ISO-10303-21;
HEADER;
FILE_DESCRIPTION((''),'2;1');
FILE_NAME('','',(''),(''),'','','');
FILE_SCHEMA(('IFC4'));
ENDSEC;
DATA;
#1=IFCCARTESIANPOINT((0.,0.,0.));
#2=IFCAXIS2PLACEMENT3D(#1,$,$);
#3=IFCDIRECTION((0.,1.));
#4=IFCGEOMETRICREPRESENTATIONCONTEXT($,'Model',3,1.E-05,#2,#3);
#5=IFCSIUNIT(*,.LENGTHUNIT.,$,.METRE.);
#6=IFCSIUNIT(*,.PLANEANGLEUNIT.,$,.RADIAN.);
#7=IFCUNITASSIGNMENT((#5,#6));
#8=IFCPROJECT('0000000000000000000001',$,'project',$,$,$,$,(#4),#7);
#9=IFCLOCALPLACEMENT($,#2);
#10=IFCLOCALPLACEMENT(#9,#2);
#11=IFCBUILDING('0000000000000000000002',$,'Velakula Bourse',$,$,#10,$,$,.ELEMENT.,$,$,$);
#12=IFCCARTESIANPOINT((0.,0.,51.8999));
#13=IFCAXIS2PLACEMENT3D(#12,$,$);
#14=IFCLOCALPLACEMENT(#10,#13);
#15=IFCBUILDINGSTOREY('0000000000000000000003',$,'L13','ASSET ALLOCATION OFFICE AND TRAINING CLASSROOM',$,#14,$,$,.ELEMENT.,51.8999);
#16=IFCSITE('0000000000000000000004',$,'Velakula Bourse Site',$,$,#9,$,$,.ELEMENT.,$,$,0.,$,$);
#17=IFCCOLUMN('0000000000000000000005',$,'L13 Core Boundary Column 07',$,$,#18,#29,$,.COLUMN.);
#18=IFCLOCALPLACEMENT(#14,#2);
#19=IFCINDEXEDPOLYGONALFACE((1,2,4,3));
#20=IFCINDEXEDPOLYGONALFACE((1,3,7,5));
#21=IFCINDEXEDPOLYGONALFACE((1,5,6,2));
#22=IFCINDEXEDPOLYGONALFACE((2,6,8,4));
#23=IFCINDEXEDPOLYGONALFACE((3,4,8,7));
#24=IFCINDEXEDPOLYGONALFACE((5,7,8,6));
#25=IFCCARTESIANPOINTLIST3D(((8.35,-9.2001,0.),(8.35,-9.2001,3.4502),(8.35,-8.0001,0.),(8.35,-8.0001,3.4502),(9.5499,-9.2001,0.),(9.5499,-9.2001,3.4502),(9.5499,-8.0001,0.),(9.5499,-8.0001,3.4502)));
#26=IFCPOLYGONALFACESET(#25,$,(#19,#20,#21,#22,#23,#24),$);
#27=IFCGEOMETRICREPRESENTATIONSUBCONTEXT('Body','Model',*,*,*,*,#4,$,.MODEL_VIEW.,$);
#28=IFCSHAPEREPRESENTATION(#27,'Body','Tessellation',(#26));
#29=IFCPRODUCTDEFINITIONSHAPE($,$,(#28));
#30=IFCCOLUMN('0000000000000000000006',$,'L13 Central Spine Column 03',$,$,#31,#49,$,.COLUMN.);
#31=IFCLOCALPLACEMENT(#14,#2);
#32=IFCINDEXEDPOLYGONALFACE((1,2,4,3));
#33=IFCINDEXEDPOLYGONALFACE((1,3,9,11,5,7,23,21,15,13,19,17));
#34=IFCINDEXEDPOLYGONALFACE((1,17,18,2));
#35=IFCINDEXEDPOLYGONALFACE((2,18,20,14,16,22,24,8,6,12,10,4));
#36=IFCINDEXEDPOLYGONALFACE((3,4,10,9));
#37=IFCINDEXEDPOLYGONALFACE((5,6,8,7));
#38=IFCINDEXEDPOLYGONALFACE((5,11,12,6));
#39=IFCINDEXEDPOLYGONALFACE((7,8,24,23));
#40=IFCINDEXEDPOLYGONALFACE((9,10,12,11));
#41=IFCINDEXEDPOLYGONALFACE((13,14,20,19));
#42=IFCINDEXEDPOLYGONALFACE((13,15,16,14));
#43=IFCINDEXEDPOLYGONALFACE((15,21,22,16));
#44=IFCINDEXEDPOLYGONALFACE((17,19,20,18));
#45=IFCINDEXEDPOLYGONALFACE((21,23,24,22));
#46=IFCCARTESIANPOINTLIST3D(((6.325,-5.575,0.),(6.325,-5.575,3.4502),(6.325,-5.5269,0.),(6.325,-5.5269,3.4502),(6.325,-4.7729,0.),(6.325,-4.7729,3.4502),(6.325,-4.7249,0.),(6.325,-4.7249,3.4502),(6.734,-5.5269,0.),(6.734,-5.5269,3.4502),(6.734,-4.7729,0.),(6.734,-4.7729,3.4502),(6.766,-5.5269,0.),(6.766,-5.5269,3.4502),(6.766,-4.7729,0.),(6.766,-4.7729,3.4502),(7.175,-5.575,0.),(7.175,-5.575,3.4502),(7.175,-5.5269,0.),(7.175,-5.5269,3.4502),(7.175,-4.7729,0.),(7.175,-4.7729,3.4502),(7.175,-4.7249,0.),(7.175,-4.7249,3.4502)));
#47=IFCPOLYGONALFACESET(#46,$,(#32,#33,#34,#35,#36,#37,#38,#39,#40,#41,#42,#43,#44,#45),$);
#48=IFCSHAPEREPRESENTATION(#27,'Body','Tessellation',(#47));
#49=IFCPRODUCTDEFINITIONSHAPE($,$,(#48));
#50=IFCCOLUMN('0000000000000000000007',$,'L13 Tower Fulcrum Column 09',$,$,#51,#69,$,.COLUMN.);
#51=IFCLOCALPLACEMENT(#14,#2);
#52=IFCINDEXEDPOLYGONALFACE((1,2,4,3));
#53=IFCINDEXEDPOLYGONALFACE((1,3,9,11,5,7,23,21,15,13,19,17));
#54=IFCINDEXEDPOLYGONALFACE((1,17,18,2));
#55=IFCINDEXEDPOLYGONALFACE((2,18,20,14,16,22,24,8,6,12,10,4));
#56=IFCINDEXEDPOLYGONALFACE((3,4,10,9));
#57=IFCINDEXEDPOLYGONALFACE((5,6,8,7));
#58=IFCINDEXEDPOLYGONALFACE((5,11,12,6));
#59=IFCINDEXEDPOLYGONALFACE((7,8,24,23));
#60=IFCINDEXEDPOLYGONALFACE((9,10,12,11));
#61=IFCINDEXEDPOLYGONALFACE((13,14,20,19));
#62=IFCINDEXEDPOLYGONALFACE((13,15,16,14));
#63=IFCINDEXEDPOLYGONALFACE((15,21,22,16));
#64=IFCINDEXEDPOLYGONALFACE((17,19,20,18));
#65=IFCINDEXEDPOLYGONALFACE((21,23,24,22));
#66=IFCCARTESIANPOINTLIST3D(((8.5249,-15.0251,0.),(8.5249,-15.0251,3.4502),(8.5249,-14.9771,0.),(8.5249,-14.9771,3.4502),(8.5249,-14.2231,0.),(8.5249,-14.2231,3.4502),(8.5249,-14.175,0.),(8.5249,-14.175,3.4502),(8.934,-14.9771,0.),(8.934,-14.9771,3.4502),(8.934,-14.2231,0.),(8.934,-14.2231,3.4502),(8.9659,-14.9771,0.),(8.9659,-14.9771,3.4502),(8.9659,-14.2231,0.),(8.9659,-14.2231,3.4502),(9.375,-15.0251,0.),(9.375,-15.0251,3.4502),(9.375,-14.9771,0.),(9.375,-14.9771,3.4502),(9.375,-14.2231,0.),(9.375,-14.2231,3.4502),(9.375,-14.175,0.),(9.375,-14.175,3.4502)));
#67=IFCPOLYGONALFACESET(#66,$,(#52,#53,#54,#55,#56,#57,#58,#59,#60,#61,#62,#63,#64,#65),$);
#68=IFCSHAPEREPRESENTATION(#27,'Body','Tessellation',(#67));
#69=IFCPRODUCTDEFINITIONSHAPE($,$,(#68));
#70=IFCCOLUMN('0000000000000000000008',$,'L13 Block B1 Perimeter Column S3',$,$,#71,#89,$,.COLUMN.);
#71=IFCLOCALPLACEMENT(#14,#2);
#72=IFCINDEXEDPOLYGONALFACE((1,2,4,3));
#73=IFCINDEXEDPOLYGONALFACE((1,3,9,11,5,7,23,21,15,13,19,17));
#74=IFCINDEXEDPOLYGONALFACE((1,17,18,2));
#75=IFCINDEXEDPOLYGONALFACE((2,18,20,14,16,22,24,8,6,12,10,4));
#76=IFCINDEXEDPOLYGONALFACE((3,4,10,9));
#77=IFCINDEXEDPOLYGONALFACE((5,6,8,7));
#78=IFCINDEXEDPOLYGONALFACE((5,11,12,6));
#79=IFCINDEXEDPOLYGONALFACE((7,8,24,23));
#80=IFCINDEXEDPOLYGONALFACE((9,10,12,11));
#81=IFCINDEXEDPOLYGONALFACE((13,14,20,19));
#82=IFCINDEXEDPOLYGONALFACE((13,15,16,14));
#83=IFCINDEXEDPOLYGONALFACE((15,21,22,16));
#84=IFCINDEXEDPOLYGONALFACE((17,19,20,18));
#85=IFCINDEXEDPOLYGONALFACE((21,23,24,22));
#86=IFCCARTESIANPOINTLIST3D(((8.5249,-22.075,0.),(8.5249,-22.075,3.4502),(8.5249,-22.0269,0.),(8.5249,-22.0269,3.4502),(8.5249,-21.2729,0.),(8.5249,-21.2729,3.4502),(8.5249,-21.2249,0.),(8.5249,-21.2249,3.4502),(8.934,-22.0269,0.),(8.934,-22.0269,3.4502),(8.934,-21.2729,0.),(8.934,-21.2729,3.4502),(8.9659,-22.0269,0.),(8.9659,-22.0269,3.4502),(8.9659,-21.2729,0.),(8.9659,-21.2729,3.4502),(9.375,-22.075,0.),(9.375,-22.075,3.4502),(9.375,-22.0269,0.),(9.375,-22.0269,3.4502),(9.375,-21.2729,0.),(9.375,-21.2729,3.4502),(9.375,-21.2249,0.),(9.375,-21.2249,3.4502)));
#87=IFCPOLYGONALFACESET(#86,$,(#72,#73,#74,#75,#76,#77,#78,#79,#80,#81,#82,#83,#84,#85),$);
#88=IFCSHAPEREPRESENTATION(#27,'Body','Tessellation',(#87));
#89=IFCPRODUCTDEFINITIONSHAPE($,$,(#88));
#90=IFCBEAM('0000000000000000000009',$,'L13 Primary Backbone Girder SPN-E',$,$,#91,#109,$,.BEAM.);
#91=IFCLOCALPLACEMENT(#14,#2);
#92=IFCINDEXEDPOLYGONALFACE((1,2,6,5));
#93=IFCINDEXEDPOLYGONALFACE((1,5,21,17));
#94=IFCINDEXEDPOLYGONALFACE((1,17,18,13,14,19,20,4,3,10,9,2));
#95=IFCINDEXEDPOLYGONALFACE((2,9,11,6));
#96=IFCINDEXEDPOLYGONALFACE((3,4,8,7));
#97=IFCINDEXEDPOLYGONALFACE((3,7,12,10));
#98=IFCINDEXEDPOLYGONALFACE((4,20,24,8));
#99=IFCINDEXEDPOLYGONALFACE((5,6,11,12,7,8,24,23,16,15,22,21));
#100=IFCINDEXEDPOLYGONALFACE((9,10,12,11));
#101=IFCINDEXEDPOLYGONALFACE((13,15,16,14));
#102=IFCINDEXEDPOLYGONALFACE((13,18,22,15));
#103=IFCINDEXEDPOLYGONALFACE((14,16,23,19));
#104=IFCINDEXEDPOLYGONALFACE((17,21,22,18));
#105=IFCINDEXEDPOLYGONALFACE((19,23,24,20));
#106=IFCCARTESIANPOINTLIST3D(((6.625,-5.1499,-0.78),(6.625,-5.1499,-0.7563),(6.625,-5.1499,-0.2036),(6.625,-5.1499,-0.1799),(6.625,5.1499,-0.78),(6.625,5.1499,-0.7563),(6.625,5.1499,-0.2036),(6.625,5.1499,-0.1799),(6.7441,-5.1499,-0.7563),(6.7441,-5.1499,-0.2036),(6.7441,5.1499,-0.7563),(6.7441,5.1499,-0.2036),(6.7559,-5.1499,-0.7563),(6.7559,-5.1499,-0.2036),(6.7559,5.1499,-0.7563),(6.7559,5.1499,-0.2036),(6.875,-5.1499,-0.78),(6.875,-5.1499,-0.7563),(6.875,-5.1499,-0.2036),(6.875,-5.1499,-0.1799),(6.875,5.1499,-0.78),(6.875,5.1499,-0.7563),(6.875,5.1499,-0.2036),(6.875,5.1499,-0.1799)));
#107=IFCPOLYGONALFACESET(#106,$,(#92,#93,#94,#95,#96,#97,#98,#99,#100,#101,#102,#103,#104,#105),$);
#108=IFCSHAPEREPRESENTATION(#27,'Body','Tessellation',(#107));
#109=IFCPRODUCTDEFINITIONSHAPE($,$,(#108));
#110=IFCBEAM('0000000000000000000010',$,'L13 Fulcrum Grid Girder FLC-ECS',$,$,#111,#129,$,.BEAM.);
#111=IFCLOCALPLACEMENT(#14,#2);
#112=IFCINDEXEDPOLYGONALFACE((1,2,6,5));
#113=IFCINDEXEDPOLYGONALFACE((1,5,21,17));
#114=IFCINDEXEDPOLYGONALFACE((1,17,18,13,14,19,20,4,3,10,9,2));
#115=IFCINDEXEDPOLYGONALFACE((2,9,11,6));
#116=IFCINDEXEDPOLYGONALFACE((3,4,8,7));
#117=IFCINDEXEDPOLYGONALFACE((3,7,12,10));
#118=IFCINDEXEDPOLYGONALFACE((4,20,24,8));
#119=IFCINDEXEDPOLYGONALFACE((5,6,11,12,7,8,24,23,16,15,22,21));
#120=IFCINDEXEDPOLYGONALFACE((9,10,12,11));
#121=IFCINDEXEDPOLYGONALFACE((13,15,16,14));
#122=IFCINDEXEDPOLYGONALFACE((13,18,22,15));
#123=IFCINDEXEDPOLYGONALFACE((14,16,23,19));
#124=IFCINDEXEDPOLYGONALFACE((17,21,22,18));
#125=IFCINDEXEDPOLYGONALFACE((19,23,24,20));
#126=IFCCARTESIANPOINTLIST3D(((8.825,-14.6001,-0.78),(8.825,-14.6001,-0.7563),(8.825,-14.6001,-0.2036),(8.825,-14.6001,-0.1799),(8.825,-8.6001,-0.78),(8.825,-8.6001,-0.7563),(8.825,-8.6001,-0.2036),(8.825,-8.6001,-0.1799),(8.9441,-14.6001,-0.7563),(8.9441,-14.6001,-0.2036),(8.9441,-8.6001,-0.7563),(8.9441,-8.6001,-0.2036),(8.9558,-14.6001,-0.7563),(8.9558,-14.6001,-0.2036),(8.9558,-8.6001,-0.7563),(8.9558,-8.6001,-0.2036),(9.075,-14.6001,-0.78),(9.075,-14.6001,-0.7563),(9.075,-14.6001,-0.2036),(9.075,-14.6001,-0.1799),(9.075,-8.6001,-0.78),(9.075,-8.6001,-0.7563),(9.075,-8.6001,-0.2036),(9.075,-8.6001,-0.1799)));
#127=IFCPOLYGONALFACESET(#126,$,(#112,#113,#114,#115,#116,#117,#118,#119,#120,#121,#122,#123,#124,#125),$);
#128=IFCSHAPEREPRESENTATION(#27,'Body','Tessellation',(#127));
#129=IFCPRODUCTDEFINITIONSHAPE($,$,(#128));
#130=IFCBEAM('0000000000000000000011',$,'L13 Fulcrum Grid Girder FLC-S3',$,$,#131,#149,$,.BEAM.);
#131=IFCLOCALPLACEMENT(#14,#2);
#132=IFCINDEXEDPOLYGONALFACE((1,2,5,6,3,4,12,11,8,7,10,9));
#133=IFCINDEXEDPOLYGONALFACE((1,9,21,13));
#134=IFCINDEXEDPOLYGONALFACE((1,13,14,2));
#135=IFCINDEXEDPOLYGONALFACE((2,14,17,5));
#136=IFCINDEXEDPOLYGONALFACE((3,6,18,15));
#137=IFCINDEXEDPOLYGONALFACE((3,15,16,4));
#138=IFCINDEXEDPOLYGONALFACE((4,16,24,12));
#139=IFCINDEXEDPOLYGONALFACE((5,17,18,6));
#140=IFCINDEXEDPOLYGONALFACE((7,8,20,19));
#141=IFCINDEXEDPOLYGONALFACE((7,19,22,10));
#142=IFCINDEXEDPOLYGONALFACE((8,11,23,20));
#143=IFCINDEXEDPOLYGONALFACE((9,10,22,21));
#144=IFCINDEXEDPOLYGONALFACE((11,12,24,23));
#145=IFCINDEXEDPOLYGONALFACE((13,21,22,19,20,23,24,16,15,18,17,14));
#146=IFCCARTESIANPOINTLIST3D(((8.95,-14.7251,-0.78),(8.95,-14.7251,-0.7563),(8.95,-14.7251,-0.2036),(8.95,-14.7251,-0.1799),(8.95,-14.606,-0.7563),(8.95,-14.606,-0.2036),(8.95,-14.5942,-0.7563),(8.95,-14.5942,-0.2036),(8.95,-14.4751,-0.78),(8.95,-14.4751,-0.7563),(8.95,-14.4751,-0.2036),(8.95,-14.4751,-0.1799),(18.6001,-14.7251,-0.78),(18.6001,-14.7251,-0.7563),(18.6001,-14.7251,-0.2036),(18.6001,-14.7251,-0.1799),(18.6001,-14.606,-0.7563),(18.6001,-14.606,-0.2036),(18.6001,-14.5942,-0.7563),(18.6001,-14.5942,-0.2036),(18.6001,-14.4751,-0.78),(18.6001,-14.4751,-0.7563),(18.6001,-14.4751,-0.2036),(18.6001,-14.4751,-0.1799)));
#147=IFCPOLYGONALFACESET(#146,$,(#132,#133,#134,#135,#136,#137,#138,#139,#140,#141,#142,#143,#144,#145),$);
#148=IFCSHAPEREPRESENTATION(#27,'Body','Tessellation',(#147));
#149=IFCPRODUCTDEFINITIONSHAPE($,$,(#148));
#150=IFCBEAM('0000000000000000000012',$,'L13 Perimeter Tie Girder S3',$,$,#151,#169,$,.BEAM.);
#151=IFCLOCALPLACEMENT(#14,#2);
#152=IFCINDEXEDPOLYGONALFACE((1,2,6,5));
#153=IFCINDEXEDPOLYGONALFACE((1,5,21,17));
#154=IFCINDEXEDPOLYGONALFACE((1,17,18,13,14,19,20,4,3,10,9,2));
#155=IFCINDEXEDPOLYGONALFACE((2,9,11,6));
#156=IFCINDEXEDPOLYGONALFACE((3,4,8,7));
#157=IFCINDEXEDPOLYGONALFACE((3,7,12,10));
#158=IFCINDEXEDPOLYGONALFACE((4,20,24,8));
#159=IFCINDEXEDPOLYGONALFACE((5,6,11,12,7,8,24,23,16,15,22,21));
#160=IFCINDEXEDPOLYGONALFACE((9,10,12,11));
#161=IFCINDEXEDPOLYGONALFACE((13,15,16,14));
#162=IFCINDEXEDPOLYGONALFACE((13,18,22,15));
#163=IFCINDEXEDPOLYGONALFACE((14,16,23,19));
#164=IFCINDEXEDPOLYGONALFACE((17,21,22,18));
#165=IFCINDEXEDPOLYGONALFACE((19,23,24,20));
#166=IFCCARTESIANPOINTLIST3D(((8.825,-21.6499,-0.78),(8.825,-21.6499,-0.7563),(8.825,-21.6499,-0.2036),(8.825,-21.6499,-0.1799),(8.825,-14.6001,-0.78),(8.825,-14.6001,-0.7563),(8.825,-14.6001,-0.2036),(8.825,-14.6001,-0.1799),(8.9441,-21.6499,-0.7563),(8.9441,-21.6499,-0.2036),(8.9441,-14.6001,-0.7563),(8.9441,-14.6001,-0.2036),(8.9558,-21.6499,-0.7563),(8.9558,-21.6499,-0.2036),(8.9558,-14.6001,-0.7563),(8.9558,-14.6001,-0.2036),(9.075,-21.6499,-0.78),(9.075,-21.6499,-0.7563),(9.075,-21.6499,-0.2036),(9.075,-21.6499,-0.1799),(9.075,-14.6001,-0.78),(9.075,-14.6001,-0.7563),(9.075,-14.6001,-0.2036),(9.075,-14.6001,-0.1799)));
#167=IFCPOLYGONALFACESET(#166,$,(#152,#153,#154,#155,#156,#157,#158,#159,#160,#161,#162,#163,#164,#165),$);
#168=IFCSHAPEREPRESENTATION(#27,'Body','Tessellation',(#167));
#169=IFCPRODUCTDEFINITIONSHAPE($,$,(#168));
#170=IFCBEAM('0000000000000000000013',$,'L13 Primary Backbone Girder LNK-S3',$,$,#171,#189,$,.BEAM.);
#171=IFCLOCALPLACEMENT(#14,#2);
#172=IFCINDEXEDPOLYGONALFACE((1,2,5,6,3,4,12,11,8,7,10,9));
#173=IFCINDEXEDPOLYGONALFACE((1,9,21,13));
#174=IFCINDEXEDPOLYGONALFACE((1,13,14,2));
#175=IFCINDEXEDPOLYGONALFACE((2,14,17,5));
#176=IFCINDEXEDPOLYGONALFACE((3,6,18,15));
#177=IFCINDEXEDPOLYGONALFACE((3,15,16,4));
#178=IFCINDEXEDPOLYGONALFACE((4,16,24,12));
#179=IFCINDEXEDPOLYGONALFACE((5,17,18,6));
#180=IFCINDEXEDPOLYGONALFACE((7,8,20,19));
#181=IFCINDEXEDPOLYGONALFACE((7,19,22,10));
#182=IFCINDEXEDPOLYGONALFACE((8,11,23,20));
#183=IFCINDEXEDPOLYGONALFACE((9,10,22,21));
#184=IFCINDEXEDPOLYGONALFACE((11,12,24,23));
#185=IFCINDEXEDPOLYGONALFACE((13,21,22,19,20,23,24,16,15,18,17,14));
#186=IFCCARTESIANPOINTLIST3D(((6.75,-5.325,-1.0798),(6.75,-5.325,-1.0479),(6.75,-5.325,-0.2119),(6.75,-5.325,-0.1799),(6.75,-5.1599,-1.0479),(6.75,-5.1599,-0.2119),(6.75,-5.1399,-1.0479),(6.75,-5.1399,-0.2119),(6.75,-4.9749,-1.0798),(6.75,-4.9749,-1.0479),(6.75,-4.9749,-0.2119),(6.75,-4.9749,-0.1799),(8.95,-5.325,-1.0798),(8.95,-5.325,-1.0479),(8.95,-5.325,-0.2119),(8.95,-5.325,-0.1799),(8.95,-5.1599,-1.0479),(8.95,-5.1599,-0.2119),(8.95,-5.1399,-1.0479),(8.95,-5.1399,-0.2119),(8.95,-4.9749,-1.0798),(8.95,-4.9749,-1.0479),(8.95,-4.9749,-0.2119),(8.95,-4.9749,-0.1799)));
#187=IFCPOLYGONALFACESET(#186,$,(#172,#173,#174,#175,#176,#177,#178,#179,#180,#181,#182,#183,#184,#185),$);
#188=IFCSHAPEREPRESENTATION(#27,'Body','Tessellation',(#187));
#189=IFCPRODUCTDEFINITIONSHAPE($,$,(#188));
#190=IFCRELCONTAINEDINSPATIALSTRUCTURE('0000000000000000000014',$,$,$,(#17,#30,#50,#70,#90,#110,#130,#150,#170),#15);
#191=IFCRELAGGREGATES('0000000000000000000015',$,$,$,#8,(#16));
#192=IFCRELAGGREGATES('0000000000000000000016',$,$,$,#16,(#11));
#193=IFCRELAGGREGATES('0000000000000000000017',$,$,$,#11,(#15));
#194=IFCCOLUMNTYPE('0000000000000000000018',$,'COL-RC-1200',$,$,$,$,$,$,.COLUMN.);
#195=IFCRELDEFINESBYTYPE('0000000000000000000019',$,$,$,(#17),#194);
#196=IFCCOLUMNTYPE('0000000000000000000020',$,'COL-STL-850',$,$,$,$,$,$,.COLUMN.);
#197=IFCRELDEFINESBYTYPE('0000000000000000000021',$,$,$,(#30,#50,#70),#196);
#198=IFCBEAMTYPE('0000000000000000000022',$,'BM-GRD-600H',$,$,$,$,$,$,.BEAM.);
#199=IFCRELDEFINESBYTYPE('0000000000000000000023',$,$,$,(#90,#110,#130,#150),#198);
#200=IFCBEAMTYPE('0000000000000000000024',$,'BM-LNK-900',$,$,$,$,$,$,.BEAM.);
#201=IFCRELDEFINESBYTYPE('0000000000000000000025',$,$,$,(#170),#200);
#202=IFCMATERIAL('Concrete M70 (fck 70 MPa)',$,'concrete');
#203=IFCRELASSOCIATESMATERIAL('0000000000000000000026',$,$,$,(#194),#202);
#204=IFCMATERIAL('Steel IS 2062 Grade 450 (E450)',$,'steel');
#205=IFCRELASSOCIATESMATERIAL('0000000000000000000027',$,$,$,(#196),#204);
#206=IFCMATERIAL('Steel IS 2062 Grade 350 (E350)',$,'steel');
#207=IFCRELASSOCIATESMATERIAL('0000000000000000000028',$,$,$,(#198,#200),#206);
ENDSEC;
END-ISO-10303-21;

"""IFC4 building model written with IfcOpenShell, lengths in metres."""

from ifc_helpers import new_model, si_unit, direction, frame, origin, origin_2d, place, context, subcontext, project, spatial, rectangle, i_section, extrude, material, material_profile, profile_set, type_object, element, save


model = new_model("IFC4")

# Units and contexts
model_context = context("Model", 3, precision=1e-05, world=origin(), true_north=direction((0.0, 1.0)))
body_context = subcontext(model_context, "Body", "Model", "MODEL_VIEW")
ifc_project = project(units=[si_unit("LENGTHUNIT", "METRE"), si_unit("PLANEANGLEUNIT", "RADIAN")], contexts=[model_context])

# Site, building, storey
site_placement = place(None, origin())
site = spatial("IfcSite", under=ifc_project, at=site_placement, Name="Velakula Bourse Site", CompositionType="ELEMENT", RefElevation=0.0)
building_placement = place(site_placement, origin())
building = spatial("IfcBuilding", under=site, at=building_placement, Name="Velakula Bourse", CompositionType="ELEMENT")
storey_placement = place(building_placement, frame((0.0, 0.0, 51.8999)))
storey = spatial("IfcBuildingStorey", under=building, at=storey_placement, Name="L13", Description="ASSET ALLOCATION OFFICE AND TRAINING CLASSROOM", CompositionType="ELEMENT", Elevation=51.8999)

# Columns
ifc_material_1 = material(Name="Concrete M70 (fck 70 MPa)", Category="concrete")
ifc_material_profile_1 = material_profile(ifc_material_1, rectangle(XDim=1.2, YDim=1.2, at=origin_2d()), Name="Concrete M70 (fck 70 MPa)")
ifc_profile_set_1 = profile_set([ifc_material_profile_1], Name="Concrete M70 (fck 70 MPa)")
column_type_1 = type_object("IfcColumnType", Name="COL-RC-1200", PredefinedType="COLUMN", material=ifc_profile_set_1)
column_placement = place(storey_placement, frame((8.95, -8.6001, 0.0), z_axis=(0.0, 0.0, 1.0), x_axis=(1.0, 0.0, 0.0)))
element("IfcColumn", 1, at=column_placement, inside=storey, type_object=column_type_1, Name="L13 Core Boundary Column 07", PredefinedType="COLUMN", context=body_context, shape_type="SweptSolid", body=[
    extrude(rectangle(XDim=1.2, YDim=1.2, at=origin_2d()), origin(), (0.0, 0.0, 1.0), 3.4502),
])
ifc_material_2 = material(Name="Steel IS 2062 Grade 450 (E450)", Category="steel")
ifc_material_profile_2 = material_profile(ifc_material_2, i_section(OverallWidth=0.8501, OverallDepth=0.8501, WebThickness=0.032, FlangeThickness=0.0481, at=origin_2d()), Name="Steel IS 2062 Grade 450 (E450)")
ifc_profile_set_2 = profile_set([ifc_material_profile_2], Name="Steel IS 2062 Grade 450 (E450)")
column_type_2 = type_object("IfcColumnType", Name="COL-STL-850", PredefinedType="COLUMN", material=ifc_profile_set_2)
for number, where, z_axis, x_axis, name in (
    (2, (6.75, -5.1499, 0.0), (0.0, 0.0, 1.0), (1.0, 0.0, 0.0), "L13 Central Spine Column 03"),
    (3, (8.95, -14.6001, 0.0), (0.0, 0.0, 1.0), (1.0, 0.0, 0.0), "L13 Tower Fulcrum Column 09"),
    (4, (8.95, -21.6499, 0.0), (0.0, 0.0, 1.0), (1.0, 0.0, 0.0), "L13 Block B1 Perimeter Column S3"),
):
    element("IfcColumn", number, at=place(storey_placement, frame(where, z_axis=z_axis, x_axis=x_axis)), inside=storey, type_object=column_type_2, Name=name, PredefinedType="COLUMN", context=body_context, shape_type="SweptSolid", body=[
        extrude(i_section(OverallWidth=0.8501, OverallDepth=0.8501, WebThickness=0.032, FlangeThickness=0.0481, at=origin_2d()), origin(), (0.0, 0.0, 1.0), 3.4502),
    ])

# Beams
ifc_material_3 = material(Name="Steel IS 2062 Grade 350 (E350)", Category="steel")
ifc_material_profile_3 = material_profile(ifc_material_3, i_section(OverallWidth=0.25, OverallDepth=0.6001, WebThickness=0.0117, FlangeThickness=0.0237, at=origin_2d()), Name="Steel IS 2062 Grade 350 (E350)")
ifc_profile_set_3 = profile_set([ifc_material_profile_3], Name="Steel IS 2062 Grade 350 (E350)")
beam_type_1 = type_object("IfcBeamType", Name="BM-GRD-600H", PredefinedType="BEAM", material=ifc_profile_set_3)
beam_1_placement = place(storey_placement, frame((6.75, -5.1499, -0.48), z_axis=(0.0, 1.0, 0.0), x_axis=(-1.0, 0.0, 0.0)))
element("IfcBeam", 5, at=beam_1_placement, inside=storey, type_object=beam_type_1, Name="L13 Primary Backbone Girder SPN-E", PredefinedType="BEAM", context=body_context, shape_type="SweptSolid", body=[
    extrude(i_section(OverallWidth=0.25, OverallDepth=0.6001, WebThickness=0.0117, FlangeThickness=0.0237, at=origin_2d()), origin(), (0.0, 0.0, 1.0), 10.2998),
])
beam_2_placement = place(storey_placement, frame((8.95, -14.6001, -0.48), z_axis=(0.0, 1.0, 0.0), x_axis=(-1.0, 0.0, 0.0)))
element("IfcBeam", 6, at=beam_2_placement, inside=storey, type_object=beam_type_1, Name="L13 Fulcrum Grid Girder FLC-ECS", PredefinedType="BEAM", context=body_context, shape_type="SweptSolid", body=[
    extrude(i_section(OverallWidth=0.25, OverallDepth=0.6001, WebThickness=0.0117, FlangeThickness=0.0237, at=origin_2d()), origin(), (0.0, 0.0, 1.0), 6.0),
])
beam_3_placement = place(storey_placement, frame((8.95, -14.6001, -0.48), z_axis=(1.0, 0.0, 0.0), x_axis=(0.0, 1.0, 0.0)))
element("IfcBeam", 7, at=beam_3_placement, inside=storey, type_object=beam_type_1, Name="L13 Fulcrum Grid Girder FLC-S3", PredefinedType="BEAM", context=body_context, shape_type="SweptSolid", body=[
    extrude(i_section(OverallWidth=0.25, OverallDepth=0.6001, WebThickness=0.0117, FlangeThickness=0.0237, at=origin_2d()), origin(), (0.0, 0.0, 1.0), 9.6501),
])
beam_4_placement = place(storey_placement, frame((8.95, -14.6001, -0.48), z_axis=(0.0, -1.0, 0.0), x_axis=(1.0, 0.0, 0.0)))
element("IfcBeam", 8, at=beam_4_placement, inside=storey, type_object=beam_type_1, Name="L13 Perimeter Tie Girder S3", PredefinedType="BEAM", context=body_context, shape_type="SweptSolid", body=[
    extrude(i_section(OverallWidth=0.25, OverallDepth=0.6001, WebThickness=0.0117, FlangeThickness=0.0237, at=origin_2d()), origin(), (0.0, 0.0, 1.0), 7.0498),
])
ifc_material_profile_4 = material_profile(ifc_material_3, i_section(OverallWidth=0.3501, OverallDepth=0.8999, WebThickness=0.02, FlangeThickness=0.032, at=origin_2d()), Name="Steel IS 2062 Grade 350 (E350)")
ifc_profile_set_4 = profile_set([ifc_material_profile_4], Name="Steel IS 2062 Grade 350 (E350)")
beam_type_2 = type_object("IfcBeamType", Name="BM-LNK-900", PredefinedType="BEAM", material=ifc_profile_set_4)
beam_5_placement = place(storey_placement, frame((6.75, -5.1499, -0.6299), z_axis=(1.0, 0.0, 0.0), x_axis=(0.0, 1.0, 0.0)))
element("IfcBeam", 9, at=beam_5_placement, inside=storey, type_object=beam_type_2, Name="L13 Primary Backbone Girder LNK-S3", PredefinedType="BEAM", context=body_context, shape_type="SweptSolid", body=[
    extrude(i_section(OverallWidth=0.3501, OverallDepth=0.8999, WebThickness=0.02, FlangeThickness=0.032, at=origin_2d()), origin(), (0.0, 0.0, 1.0), 2.2),
])

save(model, "model.ifc")
